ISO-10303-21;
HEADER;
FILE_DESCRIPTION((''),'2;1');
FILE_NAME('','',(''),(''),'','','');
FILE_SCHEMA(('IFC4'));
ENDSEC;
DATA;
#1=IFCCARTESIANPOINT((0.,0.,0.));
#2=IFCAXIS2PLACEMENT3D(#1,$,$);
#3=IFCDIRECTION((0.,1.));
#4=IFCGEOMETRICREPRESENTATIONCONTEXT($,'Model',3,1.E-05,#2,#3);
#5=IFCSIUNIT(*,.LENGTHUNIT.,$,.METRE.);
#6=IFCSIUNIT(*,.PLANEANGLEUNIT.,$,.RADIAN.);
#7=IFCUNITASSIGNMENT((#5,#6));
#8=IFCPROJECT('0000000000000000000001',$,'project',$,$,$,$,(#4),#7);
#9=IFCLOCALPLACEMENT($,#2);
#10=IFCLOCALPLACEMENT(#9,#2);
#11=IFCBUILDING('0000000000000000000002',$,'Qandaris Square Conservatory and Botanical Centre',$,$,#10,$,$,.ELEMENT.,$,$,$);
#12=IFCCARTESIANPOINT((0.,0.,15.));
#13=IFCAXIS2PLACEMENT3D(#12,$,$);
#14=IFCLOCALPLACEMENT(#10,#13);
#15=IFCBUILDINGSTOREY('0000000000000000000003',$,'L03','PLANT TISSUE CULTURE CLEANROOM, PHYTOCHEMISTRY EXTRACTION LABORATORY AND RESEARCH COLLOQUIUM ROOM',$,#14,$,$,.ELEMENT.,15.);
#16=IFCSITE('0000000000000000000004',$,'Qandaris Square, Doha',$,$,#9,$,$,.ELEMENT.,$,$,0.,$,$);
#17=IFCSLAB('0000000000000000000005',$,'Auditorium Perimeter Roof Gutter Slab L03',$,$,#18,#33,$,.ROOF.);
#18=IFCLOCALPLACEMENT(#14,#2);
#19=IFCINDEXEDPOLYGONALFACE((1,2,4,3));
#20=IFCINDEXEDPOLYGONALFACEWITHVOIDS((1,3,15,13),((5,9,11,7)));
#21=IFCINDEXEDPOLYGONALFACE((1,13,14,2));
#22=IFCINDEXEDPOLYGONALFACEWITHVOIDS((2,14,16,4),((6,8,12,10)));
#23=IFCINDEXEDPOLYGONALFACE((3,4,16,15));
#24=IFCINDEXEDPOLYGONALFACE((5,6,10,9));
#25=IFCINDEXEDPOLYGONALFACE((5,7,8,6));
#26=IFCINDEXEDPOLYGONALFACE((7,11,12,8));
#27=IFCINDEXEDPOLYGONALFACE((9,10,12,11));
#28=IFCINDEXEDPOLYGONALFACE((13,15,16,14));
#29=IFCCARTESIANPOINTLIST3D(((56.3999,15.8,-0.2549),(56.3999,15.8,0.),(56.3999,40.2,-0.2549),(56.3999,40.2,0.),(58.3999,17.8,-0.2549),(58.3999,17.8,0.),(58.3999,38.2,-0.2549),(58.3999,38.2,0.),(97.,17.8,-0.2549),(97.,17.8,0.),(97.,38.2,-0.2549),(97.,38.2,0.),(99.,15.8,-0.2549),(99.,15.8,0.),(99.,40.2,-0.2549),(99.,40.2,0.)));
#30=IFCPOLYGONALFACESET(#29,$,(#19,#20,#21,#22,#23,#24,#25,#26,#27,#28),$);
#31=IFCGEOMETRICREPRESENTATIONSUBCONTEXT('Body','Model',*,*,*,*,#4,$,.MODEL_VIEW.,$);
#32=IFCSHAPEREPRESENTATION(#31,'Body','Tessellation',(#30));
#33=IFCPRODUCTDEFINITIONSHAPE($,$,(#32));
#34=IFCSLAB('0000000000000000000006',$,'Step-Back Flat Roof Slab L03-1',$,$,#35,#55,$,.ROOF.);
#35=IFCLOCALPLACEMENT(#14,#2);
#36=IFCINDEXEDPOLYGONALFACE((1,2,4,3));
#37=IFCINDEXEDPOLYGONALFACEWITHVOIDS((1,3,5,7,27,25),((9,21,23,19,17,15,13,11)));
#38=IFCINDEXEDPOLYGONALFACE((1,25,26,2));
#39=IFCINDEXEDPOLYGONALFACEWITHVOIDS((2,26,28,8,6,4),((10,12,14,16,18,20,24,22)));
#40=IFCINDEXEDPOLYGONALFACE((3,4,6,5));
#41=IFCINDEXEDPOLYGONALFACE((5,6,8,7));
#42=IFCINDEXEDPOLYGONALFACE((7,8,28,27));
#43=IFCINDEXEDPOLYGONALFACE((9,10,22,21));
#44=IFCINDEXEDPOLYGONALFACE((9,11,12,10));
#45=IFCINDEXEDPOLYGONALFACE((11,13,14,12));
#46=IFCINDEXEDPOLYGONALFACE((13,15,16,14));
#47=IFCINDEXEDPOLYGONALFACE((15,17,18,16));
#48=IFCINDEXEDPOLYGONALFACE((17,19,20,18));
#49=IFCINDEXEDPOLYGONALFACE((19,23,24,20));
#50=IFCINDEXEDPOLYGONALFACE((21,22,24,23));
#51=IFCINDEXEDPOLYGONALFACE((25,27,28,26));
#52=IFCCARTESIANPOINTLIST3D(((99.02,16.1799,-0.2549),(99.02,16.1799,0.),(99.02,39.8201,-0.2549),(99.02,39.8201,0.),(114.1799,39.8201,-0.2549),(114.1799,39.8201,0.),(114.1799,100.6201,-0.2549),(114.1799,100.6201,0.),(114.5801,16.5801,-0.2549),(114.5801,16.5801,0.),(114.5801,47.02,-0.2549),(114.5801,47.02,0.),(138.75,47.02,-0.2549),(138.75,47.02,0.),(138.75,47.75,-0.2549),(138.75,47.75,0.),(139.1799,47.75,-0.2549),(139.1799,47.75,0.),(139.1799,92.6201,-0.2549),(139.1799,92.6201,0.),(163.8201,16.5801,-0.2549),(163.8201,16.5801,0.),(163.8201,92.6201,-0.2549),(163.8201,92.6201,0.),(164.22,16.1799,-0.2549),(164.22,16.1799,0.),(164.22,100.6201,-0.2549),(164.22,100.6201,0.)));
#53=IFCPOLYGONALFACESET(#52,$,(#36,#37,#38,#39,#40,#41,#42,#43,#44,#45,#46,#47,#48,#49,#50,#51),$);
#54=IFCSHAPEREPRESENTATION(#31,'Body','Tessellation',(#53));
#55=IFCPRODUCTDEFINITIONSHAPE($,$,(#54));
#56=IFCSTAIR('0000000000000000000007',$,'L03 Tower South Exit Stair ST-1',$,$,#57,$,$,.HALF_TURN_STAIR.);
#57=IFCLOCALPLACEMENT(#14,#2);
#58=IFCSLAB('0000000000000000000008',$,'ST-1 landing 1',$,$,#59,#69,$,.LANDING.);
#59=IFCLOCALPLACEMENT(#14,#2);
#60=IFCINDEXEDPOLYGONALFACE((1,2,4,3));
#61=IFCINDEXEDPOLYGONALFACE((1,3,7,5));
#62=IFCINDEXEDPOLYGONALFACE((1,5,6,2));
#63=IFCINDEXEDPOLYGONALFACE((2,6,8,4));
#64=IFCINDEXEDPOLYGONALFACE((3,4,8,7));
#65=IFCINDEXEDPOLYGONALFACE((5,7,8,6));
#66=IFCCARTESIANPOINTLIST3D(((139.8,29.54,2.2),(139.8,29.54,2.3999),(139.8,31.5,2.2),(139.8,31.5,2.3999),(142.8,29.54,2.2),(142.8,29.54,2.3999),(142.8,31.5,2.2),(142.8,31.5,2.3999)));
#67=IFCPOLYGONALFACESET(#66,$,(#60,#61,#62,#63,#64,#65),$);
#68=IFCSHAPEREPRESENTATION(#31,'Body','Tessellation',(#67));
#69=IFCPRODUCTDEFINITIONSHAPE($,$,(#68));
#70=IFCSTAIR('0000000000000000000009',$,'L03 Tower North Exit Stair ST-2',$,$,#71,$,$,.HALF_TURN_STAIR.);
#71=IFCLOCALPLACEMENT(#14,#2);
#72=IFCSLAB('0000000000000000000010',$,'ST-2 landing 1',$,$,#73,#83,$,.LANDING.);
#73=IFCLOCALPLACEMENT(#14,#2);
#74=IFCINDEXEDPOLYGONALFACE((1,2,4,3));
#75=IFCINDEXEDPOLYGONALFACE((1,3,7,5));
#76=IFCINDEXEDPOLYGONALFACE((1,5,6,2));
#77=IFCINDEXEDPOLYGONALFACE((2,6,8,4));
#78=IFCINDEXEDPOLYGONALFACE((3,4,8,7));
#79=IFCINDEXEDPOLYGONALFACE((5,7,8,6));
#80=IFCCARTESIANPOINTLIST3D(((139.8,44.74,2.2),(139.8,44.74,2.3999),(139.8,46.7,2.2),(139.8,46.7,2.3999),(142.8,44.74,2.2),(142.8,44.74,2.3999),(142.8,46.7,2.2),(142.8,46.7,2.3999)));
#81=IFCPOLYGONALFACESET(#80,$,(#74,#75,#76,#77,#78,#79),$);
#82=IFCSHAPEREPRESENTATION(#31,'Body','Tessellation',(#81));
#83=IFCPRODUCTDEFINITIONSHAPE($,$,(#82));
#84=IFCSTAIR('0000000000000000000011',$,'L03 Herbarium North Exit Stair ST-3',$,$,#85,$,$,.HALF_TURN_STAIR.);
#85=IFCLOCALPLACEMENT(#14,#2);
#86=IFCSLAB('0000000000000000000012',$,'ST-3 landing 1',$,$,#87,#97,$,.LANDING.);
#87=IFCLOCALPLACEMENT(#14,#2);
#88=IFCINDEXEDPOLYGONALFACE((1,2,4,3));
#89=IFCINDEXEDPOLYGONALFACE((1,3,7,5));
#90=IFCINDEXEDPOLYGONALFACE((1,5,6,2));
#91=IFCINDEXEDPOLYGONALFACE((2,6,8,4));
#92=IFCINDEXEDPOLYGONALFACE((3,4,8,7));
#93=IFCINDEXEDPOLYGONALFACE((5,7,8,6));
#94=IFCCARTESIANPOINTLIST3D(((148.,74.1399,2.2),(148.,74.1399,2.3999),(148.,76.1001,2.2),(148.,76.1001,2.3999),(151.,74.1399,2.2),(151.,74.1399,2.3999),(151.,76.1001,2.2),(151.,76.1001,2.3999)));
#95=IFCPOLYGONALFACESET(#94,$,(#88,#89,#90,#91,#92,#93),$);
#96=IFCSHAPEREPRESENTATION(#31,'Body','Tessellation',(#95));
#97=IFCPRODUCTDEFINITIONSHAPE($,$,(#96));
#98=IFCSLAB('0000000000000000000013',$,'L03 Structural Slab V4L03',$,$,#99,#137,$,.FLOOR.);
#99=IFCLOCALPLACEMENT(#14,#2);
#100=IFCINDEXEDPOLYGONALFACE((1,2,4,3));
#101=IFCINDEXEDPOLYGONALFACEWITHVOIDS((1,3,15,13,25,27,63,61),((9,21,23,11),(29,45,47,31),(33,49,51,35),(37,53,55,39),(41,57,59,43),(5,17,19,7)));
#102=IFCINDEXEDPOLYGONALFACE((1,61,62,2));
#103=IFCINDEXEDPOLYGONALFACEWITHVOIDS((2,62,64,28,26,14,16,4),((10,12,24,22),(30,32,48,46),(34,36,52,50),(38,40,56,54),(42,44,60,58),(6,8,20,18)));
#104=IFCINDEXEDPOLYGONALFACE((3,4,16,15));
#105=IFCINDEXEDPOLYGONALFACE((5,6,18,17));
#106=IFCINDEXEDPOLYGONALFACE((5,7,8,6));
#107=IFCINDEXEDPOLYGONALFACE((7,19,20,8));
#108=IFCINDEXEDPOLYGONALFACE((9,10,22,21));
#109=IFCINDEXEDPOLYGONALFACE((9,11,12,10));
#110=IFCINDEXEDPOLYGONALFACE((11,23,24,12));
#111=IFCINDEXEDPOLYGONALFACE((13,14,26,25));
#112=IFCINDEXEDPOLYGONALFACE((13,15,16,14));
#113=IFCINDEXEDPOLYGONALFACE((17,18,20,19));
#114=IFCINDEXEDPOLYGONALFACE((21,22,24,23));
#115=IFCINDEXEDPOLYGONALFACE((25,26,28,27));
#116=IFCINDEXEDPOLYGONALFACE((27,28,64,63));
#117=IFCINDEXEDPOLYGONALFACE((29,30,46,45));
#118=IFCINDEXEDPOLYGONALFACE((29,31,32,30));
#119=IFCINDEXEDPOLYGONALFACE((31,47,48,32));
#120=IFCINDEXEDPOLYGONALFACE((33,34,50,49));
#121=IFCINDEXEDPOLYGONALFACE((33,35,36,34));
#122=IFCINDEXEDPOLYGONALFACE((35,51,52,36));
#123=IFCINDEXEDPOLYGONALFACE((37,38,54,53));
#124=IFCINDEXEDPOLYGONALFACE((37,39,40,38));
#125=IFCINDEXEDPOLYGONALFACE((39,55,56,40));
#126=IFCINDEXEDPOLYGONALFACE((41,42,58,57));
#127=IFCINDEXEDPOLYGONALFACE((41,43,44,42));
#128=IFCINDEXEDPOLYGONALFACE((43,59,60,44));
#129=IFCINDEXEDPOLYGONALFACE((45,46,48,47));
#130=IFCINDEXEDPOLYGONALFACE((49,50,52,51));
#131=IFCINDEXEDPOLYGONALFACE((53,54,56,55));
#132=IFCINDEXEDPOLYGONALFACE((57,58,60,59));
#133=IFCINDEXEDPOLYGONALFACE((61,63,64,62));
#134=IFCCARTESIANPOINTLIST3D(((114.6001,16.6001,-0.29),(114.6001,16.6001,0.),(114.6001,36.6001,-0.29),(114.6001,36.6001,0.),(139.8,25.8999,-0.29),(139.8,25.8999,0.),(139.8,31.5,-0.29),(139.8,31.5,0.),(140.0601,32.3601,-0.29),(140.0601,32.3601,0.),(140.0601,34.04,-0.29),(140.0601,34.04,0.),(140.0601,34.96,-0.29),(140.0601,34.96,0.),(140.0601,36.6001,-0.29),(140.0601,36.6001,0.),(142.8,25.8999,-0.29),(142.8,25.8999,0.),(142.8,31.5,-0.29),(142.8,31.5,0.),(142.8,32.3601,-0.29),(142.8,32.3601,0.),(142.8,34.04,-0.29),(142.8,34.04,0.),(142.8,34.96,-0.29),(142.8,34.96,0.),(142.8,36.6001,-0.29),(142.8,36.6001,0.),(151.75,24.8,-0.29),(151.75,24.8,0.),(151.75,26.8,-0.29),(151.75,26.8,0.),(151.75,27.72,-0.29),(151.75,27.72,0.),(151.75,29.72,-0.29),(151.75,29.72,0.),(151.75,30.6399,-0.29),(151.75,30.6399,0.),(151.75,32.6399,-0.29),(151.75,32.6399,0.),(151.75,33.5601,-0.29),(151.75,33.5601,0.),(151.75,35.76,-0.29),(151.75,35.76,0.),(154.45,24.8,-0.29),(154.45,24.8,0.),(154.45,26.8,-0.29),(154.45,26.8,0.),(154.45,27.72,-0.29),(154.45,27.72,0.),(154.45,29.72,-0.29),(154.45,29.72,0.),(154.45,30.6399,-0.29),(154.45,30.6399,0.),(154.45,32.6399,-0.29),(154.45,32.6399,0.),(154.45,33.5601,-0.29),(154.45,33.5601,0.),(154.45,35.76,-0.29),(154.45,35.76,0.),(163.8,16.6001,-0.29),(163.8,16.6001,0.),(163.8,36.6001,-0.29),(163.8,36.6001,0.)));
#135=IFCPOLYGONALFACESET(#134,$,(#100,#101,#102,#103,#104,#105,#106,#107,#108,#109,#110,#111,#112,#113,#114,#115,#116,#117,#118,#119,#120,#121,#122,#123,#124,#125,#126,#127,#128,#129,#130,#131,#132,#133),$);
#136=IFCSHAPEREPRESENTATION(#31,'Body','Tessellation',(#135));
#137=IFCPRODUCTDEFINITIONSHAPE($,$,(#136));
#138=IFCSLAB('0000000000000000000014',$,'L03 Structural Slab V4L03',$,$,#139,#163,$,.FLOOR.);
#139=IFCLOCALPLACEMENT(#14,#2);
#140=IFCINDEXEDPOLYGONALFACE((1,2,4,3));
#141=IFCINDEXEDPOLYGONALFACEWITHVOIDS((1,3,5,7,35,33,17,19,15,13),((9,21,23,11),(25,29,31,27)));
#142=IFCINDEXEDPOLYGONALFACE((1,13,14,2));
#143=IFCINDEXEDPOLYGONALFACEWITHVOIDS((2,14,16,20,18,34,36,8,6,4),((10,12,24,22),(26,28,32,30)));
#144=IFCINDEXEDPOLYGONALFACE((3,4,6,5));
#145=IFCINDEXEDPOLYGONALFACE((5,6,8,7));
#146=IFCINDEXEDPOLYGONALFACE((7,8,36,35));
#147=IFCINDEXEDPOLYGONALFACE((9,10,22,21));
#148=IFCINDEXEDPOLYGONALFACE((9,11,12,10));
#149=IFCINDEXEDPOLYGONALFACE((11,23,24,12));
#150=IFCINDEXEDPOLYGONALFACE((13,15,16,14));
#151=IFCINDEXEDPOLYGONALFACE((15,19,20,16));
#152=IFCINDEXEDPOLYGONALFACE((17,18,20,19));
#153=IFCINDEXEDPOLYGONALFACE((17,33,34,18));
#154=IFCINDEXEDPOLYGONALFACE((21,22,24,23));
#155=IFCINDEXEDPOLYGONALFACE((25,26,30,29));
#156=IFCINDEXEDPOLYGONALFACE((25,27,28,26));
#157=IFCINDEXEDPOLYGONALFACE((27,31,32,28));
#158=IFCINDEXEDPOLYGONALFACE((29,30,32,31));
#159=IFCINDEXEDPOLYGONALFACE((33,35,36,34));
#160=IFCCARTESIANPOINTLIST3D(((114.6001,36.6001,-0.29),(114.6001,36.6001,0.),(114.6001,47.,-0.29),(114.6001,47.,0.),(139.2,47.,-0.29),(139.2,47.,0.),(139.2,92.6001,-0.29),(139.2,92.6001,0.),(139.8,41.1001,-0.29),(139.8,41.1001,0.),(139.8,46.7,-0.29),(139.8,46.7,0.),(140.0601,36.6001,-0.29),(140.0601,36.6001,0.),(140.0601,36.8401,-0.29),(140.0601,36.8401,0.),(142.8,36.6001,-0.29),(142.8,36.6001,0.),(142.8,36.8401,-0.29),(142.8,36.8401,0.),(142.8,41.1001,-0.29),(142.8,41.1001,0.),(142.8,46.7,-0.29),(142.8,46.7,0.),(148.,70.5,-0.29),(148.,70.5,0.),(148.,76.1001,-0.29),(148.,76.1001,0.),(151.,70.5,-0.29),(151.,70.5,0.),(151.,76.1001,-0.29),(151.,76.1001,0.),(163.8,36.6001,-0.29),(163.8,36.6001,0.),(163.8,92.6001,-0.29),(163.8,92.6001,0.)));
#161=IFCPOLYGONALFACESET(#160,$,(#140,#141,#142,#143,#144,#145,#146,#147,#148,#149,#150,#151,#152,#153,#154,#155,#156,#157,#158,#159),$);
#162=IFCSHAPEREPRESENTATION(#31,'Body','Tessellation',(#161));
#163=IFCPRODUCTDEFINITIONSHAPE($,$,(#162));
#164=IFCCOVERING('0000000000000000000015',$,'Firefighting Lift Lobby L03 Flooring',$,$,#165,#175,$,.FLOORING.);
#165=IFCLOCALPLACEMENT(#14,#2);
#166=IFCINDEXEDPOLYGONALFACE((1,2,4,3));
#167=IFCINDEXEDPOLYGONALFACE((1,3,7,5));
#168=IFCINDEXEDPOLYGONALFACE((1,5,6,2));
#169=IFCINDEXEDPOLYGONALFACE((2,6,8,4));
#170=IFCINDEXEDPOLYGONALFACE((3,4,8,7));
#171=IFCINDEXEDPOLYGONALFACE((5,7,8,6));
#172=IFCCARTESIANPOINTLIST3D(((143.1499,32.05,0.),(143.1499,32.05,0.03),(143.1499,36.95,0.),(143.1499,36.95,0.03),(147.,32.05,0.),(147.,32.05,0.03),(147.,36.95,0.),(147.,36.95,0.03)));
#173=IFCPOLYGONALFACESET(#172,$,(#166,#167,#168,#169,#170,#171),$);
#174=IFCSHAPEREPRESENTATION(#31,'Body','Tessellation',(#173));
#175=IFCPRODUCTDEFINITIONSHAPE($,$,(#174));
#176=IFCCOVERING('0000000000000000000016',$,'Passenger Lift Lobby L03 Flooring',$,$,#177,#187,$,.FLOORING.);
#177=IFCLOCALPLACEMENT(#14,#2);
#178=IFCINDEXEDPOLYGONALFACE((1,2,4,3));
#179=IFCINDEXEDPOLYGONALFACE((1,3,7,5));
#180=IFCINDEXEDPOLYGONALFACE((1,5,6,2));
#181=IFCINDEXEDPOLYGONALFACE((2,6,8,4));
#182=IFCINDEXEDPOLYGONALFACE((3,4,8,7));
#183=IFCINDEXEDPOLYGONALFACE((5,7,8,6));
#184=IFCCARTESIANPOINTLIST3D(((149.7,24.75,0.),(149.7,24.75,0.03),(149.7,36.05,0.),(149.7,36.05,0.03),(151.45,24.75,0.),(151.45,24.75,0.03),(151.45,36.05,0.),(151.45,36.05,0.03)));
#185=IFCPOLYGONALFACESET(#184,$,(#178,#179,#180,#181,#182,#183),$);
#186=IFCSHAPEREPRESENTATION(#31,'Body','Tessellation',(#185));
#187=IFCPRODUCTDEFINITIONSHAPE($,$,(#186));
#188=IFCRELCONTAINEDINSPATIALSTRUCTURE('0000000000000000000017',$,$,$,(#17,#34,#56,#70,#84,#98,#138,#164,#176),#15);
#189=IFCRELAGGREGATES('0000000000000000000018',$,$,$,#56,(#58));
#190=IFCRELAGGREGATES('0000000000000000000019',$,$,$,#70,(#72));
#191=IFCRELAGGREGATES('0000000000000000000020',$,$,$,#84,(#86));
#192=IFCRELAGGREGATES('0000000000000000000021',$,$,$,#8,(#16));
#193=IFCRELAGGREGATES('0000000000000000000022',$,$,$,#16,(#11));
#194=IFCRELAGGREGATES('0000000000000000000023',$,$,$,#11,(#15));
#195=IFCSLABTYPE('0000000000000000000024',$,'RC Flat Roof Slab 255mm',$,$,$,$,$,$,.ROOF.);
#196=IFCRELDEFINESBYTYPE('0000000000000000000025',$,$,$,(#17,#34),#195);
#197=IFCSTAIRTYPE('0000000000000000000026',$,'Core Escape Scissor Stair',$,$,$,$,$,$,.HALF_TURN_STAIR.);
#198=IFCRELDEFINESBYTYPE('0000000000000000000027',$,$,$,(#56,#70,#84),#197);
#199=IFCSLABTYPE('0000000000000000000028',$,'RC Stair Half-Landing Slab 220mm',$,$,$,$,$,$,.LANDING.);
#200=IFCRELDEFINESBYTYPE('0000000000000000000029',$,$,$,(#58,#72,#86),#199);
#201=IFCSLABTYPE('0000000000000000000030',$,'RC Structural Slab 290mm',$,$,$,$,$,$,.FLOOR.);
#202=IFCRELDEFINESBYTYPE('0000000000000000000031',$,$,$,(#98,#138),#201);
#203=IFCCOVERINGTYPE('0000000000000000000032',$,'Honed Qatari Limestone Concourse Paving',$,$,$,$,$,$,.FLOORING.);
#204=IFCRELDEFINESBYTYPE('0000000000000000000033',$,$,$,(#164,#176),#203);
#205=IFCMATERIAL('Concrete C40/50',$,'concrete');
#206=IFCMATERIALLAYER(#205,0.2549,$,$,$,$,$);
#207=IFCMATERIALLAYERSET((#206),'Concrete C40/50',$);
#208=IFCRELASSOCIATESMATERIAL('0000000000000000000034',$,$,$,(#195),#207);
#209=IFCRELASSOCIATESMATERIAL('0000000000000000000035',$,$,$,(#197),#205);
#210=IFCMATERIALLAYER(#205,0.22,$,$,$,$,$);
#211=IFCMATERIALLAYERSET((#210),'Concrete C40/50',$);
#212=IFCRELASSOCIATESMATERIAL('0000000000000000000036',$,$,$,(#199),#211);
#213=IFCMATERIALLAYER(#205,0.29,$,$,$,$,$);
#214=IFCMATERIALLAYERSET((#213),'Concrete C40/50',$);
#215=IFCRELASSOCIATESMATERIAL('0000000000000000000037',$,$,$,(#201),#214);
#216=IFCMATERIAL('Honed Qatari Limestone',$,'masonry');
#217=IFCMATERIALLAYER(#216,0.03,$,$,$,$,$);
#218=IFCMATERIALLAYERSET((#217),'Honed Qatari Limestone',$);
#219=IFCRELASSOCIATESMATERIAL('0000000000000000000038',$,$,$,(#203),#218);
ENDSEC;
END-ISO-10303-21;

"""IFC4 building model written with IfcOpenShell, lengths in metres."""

from ifc_helpers import new_model, si_unit, direction, frame, origin, place, context, subcontext, project, spatial, polyline, outline, extrude, material, layer, layer_set, type_object, element, aggregate, save


model = new_model("IFC4")

# Units and contexts
model_context = context("Model", 3, precision=1e-05, world=origin(), true_north=direction((0.0, 1.0)))
body_context = subcontext(model_context, "Body", "Model", "MODEL_VIEW")
ifc_project = project(units=[si_unit("LENGTHUNIT", "METRE"), si_unit("PLANEANGLEUNIT", "RADIAN")], contexts=[model_context])

# Site, building, storey
site_placement = place(None, origin())
site = spatial("IfcSite", under=ifc_project, at=site_placement, Name="Qandaris Square, Doha", CompositionType="ELEMENT", RefElevation=0.0)
building_placement = place(site_placement, origin())
building = spatial("IfcBuilding", under=site, at=building_placement, Name="Qandaris Square Conservatory and Botanical Centre", CompositionType="ELEMENT")
storey_placement = place(building_placement, frame((0.0, 0.0, 15.0)))
storey = spatial("IfcBuildingStorey", under=building, at=storey_placement, Name="L03", Description="PLANT TISSUE CULTURE CLEANROOM, PHYTOCHEMISTRY EXTRACTION LABORATORY AND RESEARCH COLLOQUIUM ROOM", CompositionType="ELEMENT", Elevation=15.0)

# Slabs
ifc_material_1 = material(Name="Concrete C40/50", Category="concrete")
ifc_layer_1 = layer(ifc_material_1, 0.2549)
ifc_layer_set_1 = layer_set([ifc_layer_1], Name="Concrete C40/50")
slab_type_1 = type_object("IfcSlabType", Name="RC Flat Roof Slab 255mm", PredefinedType="ROOF", material=ifc_layer_set_1)
slab_1_placement = place(storey_placement, frame((0.0, 0.0, -0.2549)))
element("IfcSlab", 1, at=slab_1_placement, inside=storey, type_object=slab_type_1, Name="Auditorium Perimeter Roof Gutter Slab L03", PredefinedType="ROOF", context=body_context, shape_type="SweptSolid", body=[
    extrude(outline(polyline([(56.3999, 15.8), (56.3999, 40.2), (99.0, 40.2), (99.0, 15.8), (56.3999, 15.8)]), holes=[polyline([(97.0, 38.2), (58.3999, 38.2), (58.3999, 17.8), (97.0, 17.8), (97.0, 38.2)])]), origin(), (0.0, 0.0, 1.0), 0.2549),
])
slab_2_placement = place(storey_placement, frame((0.0, 0.0, -0.2549)))
element("IfcSlab", 2, at=slab_2_placement, inside=storey, type_object=slab_type_1, Name="Step-Back Flat Roof Slab L03-1", PredefinedType="ROOF", context=body_context, shape_type="SweptSolid", body=[
    extrude(outline(polyline([(114.1799, 100.6201), (164.22, 100.6201), (164.22, 16.1799), (99.02, 16.1799), (99.02, 39.8201), (114.1799, 39.8201), (114.1799, 100.6201)]), holes=[polyline([(114.5801, 16.5801), (163.8201, 16.5801), (163.8201, 92.6201), (139.1799, 92.6201), (139.1799, 47.75), (138.75, 47.75), (138.75, 47.02), (114.5801, 47.02), (114.5801, 16.5801)])]), origin(), (0.0, 0.0, 1.0), 0.2549),
])

# Stairs, slabs
stair_type = type_object("IfcStairType", Name="Core Escape Scissor Stair", PredefinedType="HALF_TURN_STAIR", material=ifc_material_1)
stair_1_placement = place(storey_placement, origin())
stair_1 = element("IfcStair", 3, at=stair_1_placement, inside=storey, type_object=stair_type, Name="L03 Tower South Exit Stair ST-1", PredefinedType="HALF_TURN_STAIR")
ifc_layer_2 = layer(ifc_material_1, 0.22)
ifc_layer_set_2 = layer_set([ifc_layer_2], Name="Concrete C40/50")
slab_type_2 = type_object("IfcSlabType", Name="RC Stair Half-Landing Slab 220mm", PredefinedType="LANDING", material=ifc_layer_set_2)
slab_3_placement = place(storey_placement, frame((0.0, 0.0, 2.2)))
slab_3 = element("IfcSlab", 4, at=slab_3_placement, type_object=slab_type_2, Name="ST-1 landing 1", PredefinedType="LANDING", context=body_context, shape_type="SweptSolid", body=[
    extrude(outline(polyline([(142.8, 29.54), (142.8, 31.5), (139.8, 31.5), (139.8, 29.54), (142.8, 29.54)])), origin(), (0.0, 0.0, 1.0), 0.2),
])
aggregate(stair_1, [slab_3])
stair_2_placement = place(storey_placement, origin())
stair_2 = element("IfcStair", 5, at=stair_2_placement, inside=storey, type_object=stair_type, Name="L03 Tower North Exit Stair ST-2", PredefinedType="HALF_TURN_STAIR")
slab_4_placement = place(storey_placement, frame((0.0, 0.0, 2.2)))
slab_4 = element("IfcSlab", 6, at=slab_4_placement, type_object=slab_type_2, Name="ST-2 landing 1", PredefinedType="LANDING", context=body_context, shape_type="SweptSolid", body=[
    extrude(outline(polyline([(142.8, 44.74), (142.8, 46.7), (139.8, 46.7), (139.8, 44.74), (142.8, 44.74)])), origin(), (0.0, 0.0, 1.0), 0.2),
])
aggregate(stair_2, [slab_4])
stair_3_placement = place(storey_placement, origin())
stair_3 = element("IfcStair", 7, at=stair_3_placement, inside=storey, type_object=stair_type, Name="L03 Herbarium North Exit Stair ST-3", PredefinedType="HALF_TURN_STAIR")
slab_5_placement = place(storey_placement, frame((0.0, 0.0, 2.2)))
slab_5 = element("IfcSlab", 8, at=slab_5_placement, type_object=slab_type_2, Name="ST-3 landing 1", PredefinedType="LANDING", context=body_context, shape_type="SweptSolid", body=[
    extrude(outline(polyline([(151.0, 74.1399), (151.0, 76.1001), (148.0, 76.1001), (148.0, 74.1399), (151.0, 74.1399)])), origin(), (0.0, 0.0, 1.0), 0.2),
])
aggregate(stair_3, [slab_5])

# Slabs
ifc_layer_3 = layer(ifc_material_1, 0.29)
ifc_layer_set_3 = layer_set([ifc_layer_3], Name="Concrete C40/50")
slab_type_3 = type_object("IfcSlabType", Name="RC Structural Slab 290mm", PredefinedType="FLOOR", material=ifc_layer_set_3)
slab_6_placement = place(storey_placement, frame((0.0, 0.0, -0.29)))
element("IfcSlab", 9, at=slab_6_placement, inside=storey, type_object=slab_type_3, Name="L03 Structural Slab V4L03", PredefinedType="FLOOR", context=body_context, shape_type="SweptSolid", body=[
    extrude(outline(polyline([(163.8, 16.6001), (114.6001, 16.6001), (114.6001, 36.6001), (140.0601, 36.6001), (140.0601, 34.96), (142.8, 34.96), (142.8, 36.6001), (163.8, 36.6001), (163.8, 16.6001)]), holes=[polyline([(151.75, 24.8), (154.45, 24.8), (154.45, 26.8), (151.75, 26.8), (151.75, 24.8)]), polyline([(139.8, 25.8999), (142.8, 25.8999), (142.8, 31.5), (139.8, 31.5), (139.8, 25.8999)]), polyline([(151.75, 27.72), (154.45, 27.72), (154.45, 29.72), (151.75, 29.72), (151.75, 27.72)]), polyline([(151.75, 30.6399), (154.45, 30.6399), (154.45, 32.6399), (151.75, 32.6399), (151.75, 30.6399)]), polyline([(140.0601, 32.3601), (142.8, 32.3601), (142.8, 34.04), (140.0601, 34.04), (140.0601, 32.3601)]), polyline([(151.75, 33.5601), (154.45, 33.5601), (154.45, 35.76), (151.75, 35.76), (151.75, 33.5601)])]), origin(), (0.0, 0.0, 1.0), 0.29),
])
slab_7_placement = place(storey_placement, frame((0.0, 0.0, -0.29)))
element("IfcSlab", 10, at=slab_7_placement, inside=storey, type_object=slab_type_3, Name="L03 Structural Slab V4L03", PredefinedType="FLOOR", context=body_context, shape_type="SweptSolid", body=[
    extrude(outline(polyline([(139.2, 47.0), (139.2, 92.6001), (163.8, 92.6001), (163.8, 36.6001), (142.8, 36.6001), (142.8, 36.8401), (140.0601, 36.8401), (140.0601, 36.6001), (114.6001, 36.6001), (114.6001, 47.0), (139.2, 47.0)]), holes=[polyline([(139.8, 46.7), (139.8, 41.1001), (142.8, 41.1001), (142.8, 46.7), (139.8, 46.7)]), polyline([(148.0, 76.1001), (148.0, 70.5), (151.0, 70.5), (151.0, 76.1001), (148.0, 76.1001)])]), origin(), (0.0, 0.0, 1.0), 0.29),
])

# Coverings
ifc_material_2 = material(Name="Honed Qatari Limestone", Category="masonry")
ifc_layer_4 = layer(ifc_material_2, 0.03)
ifc_layer_set_4 = layer_set([ifc_layer_4], Name="Honed Qatari Limestone")
covering_type_1 = type_object("IfcCoveringType", Name="Honed Qatari Limestone Concourse Paving", PredefinedType="FLOORING", material=ifc_layer_set_4)
covering_1_placement = place(storey_placement, origin())
element("IfcCovering", 11, at=covering_1_placement, inside=storey, type_object=covering_type_1, Name="Firefighting Lift Lobby L03 Flooring", PredefinedType="FLOORING", context=body_context, shape_type="SweptSolid", body=[
    extrude(outline(polyline([(143.1499, 36.95), (147.0, 36.95), (147.0, 32.05), (143.1499, 32.05), (143.1499, 36.95)])), origin(), (0.0, 0.0, 1.0), 0.03),
])
covering_2_placement = place(storey_placement, origin())
element("IfcCovering", 12, at=covering_2_placement, inside=storey, type_object=covering_type_1, Name="Passenger Lift Lobby L03 Flooring", PredefinedType="FLOORING", context=body_context, shape_type="SweptSolid", body=[
    extrude(outline(polyline([(149.7, 36.05), (151.45, 36.05), (151.45, 24.75), (149.7, 24.75), (149.7, 36.05)])), origin(), (0.0, 0.0, 1.0), 0.03),
])

save(model, "model.ifc")
